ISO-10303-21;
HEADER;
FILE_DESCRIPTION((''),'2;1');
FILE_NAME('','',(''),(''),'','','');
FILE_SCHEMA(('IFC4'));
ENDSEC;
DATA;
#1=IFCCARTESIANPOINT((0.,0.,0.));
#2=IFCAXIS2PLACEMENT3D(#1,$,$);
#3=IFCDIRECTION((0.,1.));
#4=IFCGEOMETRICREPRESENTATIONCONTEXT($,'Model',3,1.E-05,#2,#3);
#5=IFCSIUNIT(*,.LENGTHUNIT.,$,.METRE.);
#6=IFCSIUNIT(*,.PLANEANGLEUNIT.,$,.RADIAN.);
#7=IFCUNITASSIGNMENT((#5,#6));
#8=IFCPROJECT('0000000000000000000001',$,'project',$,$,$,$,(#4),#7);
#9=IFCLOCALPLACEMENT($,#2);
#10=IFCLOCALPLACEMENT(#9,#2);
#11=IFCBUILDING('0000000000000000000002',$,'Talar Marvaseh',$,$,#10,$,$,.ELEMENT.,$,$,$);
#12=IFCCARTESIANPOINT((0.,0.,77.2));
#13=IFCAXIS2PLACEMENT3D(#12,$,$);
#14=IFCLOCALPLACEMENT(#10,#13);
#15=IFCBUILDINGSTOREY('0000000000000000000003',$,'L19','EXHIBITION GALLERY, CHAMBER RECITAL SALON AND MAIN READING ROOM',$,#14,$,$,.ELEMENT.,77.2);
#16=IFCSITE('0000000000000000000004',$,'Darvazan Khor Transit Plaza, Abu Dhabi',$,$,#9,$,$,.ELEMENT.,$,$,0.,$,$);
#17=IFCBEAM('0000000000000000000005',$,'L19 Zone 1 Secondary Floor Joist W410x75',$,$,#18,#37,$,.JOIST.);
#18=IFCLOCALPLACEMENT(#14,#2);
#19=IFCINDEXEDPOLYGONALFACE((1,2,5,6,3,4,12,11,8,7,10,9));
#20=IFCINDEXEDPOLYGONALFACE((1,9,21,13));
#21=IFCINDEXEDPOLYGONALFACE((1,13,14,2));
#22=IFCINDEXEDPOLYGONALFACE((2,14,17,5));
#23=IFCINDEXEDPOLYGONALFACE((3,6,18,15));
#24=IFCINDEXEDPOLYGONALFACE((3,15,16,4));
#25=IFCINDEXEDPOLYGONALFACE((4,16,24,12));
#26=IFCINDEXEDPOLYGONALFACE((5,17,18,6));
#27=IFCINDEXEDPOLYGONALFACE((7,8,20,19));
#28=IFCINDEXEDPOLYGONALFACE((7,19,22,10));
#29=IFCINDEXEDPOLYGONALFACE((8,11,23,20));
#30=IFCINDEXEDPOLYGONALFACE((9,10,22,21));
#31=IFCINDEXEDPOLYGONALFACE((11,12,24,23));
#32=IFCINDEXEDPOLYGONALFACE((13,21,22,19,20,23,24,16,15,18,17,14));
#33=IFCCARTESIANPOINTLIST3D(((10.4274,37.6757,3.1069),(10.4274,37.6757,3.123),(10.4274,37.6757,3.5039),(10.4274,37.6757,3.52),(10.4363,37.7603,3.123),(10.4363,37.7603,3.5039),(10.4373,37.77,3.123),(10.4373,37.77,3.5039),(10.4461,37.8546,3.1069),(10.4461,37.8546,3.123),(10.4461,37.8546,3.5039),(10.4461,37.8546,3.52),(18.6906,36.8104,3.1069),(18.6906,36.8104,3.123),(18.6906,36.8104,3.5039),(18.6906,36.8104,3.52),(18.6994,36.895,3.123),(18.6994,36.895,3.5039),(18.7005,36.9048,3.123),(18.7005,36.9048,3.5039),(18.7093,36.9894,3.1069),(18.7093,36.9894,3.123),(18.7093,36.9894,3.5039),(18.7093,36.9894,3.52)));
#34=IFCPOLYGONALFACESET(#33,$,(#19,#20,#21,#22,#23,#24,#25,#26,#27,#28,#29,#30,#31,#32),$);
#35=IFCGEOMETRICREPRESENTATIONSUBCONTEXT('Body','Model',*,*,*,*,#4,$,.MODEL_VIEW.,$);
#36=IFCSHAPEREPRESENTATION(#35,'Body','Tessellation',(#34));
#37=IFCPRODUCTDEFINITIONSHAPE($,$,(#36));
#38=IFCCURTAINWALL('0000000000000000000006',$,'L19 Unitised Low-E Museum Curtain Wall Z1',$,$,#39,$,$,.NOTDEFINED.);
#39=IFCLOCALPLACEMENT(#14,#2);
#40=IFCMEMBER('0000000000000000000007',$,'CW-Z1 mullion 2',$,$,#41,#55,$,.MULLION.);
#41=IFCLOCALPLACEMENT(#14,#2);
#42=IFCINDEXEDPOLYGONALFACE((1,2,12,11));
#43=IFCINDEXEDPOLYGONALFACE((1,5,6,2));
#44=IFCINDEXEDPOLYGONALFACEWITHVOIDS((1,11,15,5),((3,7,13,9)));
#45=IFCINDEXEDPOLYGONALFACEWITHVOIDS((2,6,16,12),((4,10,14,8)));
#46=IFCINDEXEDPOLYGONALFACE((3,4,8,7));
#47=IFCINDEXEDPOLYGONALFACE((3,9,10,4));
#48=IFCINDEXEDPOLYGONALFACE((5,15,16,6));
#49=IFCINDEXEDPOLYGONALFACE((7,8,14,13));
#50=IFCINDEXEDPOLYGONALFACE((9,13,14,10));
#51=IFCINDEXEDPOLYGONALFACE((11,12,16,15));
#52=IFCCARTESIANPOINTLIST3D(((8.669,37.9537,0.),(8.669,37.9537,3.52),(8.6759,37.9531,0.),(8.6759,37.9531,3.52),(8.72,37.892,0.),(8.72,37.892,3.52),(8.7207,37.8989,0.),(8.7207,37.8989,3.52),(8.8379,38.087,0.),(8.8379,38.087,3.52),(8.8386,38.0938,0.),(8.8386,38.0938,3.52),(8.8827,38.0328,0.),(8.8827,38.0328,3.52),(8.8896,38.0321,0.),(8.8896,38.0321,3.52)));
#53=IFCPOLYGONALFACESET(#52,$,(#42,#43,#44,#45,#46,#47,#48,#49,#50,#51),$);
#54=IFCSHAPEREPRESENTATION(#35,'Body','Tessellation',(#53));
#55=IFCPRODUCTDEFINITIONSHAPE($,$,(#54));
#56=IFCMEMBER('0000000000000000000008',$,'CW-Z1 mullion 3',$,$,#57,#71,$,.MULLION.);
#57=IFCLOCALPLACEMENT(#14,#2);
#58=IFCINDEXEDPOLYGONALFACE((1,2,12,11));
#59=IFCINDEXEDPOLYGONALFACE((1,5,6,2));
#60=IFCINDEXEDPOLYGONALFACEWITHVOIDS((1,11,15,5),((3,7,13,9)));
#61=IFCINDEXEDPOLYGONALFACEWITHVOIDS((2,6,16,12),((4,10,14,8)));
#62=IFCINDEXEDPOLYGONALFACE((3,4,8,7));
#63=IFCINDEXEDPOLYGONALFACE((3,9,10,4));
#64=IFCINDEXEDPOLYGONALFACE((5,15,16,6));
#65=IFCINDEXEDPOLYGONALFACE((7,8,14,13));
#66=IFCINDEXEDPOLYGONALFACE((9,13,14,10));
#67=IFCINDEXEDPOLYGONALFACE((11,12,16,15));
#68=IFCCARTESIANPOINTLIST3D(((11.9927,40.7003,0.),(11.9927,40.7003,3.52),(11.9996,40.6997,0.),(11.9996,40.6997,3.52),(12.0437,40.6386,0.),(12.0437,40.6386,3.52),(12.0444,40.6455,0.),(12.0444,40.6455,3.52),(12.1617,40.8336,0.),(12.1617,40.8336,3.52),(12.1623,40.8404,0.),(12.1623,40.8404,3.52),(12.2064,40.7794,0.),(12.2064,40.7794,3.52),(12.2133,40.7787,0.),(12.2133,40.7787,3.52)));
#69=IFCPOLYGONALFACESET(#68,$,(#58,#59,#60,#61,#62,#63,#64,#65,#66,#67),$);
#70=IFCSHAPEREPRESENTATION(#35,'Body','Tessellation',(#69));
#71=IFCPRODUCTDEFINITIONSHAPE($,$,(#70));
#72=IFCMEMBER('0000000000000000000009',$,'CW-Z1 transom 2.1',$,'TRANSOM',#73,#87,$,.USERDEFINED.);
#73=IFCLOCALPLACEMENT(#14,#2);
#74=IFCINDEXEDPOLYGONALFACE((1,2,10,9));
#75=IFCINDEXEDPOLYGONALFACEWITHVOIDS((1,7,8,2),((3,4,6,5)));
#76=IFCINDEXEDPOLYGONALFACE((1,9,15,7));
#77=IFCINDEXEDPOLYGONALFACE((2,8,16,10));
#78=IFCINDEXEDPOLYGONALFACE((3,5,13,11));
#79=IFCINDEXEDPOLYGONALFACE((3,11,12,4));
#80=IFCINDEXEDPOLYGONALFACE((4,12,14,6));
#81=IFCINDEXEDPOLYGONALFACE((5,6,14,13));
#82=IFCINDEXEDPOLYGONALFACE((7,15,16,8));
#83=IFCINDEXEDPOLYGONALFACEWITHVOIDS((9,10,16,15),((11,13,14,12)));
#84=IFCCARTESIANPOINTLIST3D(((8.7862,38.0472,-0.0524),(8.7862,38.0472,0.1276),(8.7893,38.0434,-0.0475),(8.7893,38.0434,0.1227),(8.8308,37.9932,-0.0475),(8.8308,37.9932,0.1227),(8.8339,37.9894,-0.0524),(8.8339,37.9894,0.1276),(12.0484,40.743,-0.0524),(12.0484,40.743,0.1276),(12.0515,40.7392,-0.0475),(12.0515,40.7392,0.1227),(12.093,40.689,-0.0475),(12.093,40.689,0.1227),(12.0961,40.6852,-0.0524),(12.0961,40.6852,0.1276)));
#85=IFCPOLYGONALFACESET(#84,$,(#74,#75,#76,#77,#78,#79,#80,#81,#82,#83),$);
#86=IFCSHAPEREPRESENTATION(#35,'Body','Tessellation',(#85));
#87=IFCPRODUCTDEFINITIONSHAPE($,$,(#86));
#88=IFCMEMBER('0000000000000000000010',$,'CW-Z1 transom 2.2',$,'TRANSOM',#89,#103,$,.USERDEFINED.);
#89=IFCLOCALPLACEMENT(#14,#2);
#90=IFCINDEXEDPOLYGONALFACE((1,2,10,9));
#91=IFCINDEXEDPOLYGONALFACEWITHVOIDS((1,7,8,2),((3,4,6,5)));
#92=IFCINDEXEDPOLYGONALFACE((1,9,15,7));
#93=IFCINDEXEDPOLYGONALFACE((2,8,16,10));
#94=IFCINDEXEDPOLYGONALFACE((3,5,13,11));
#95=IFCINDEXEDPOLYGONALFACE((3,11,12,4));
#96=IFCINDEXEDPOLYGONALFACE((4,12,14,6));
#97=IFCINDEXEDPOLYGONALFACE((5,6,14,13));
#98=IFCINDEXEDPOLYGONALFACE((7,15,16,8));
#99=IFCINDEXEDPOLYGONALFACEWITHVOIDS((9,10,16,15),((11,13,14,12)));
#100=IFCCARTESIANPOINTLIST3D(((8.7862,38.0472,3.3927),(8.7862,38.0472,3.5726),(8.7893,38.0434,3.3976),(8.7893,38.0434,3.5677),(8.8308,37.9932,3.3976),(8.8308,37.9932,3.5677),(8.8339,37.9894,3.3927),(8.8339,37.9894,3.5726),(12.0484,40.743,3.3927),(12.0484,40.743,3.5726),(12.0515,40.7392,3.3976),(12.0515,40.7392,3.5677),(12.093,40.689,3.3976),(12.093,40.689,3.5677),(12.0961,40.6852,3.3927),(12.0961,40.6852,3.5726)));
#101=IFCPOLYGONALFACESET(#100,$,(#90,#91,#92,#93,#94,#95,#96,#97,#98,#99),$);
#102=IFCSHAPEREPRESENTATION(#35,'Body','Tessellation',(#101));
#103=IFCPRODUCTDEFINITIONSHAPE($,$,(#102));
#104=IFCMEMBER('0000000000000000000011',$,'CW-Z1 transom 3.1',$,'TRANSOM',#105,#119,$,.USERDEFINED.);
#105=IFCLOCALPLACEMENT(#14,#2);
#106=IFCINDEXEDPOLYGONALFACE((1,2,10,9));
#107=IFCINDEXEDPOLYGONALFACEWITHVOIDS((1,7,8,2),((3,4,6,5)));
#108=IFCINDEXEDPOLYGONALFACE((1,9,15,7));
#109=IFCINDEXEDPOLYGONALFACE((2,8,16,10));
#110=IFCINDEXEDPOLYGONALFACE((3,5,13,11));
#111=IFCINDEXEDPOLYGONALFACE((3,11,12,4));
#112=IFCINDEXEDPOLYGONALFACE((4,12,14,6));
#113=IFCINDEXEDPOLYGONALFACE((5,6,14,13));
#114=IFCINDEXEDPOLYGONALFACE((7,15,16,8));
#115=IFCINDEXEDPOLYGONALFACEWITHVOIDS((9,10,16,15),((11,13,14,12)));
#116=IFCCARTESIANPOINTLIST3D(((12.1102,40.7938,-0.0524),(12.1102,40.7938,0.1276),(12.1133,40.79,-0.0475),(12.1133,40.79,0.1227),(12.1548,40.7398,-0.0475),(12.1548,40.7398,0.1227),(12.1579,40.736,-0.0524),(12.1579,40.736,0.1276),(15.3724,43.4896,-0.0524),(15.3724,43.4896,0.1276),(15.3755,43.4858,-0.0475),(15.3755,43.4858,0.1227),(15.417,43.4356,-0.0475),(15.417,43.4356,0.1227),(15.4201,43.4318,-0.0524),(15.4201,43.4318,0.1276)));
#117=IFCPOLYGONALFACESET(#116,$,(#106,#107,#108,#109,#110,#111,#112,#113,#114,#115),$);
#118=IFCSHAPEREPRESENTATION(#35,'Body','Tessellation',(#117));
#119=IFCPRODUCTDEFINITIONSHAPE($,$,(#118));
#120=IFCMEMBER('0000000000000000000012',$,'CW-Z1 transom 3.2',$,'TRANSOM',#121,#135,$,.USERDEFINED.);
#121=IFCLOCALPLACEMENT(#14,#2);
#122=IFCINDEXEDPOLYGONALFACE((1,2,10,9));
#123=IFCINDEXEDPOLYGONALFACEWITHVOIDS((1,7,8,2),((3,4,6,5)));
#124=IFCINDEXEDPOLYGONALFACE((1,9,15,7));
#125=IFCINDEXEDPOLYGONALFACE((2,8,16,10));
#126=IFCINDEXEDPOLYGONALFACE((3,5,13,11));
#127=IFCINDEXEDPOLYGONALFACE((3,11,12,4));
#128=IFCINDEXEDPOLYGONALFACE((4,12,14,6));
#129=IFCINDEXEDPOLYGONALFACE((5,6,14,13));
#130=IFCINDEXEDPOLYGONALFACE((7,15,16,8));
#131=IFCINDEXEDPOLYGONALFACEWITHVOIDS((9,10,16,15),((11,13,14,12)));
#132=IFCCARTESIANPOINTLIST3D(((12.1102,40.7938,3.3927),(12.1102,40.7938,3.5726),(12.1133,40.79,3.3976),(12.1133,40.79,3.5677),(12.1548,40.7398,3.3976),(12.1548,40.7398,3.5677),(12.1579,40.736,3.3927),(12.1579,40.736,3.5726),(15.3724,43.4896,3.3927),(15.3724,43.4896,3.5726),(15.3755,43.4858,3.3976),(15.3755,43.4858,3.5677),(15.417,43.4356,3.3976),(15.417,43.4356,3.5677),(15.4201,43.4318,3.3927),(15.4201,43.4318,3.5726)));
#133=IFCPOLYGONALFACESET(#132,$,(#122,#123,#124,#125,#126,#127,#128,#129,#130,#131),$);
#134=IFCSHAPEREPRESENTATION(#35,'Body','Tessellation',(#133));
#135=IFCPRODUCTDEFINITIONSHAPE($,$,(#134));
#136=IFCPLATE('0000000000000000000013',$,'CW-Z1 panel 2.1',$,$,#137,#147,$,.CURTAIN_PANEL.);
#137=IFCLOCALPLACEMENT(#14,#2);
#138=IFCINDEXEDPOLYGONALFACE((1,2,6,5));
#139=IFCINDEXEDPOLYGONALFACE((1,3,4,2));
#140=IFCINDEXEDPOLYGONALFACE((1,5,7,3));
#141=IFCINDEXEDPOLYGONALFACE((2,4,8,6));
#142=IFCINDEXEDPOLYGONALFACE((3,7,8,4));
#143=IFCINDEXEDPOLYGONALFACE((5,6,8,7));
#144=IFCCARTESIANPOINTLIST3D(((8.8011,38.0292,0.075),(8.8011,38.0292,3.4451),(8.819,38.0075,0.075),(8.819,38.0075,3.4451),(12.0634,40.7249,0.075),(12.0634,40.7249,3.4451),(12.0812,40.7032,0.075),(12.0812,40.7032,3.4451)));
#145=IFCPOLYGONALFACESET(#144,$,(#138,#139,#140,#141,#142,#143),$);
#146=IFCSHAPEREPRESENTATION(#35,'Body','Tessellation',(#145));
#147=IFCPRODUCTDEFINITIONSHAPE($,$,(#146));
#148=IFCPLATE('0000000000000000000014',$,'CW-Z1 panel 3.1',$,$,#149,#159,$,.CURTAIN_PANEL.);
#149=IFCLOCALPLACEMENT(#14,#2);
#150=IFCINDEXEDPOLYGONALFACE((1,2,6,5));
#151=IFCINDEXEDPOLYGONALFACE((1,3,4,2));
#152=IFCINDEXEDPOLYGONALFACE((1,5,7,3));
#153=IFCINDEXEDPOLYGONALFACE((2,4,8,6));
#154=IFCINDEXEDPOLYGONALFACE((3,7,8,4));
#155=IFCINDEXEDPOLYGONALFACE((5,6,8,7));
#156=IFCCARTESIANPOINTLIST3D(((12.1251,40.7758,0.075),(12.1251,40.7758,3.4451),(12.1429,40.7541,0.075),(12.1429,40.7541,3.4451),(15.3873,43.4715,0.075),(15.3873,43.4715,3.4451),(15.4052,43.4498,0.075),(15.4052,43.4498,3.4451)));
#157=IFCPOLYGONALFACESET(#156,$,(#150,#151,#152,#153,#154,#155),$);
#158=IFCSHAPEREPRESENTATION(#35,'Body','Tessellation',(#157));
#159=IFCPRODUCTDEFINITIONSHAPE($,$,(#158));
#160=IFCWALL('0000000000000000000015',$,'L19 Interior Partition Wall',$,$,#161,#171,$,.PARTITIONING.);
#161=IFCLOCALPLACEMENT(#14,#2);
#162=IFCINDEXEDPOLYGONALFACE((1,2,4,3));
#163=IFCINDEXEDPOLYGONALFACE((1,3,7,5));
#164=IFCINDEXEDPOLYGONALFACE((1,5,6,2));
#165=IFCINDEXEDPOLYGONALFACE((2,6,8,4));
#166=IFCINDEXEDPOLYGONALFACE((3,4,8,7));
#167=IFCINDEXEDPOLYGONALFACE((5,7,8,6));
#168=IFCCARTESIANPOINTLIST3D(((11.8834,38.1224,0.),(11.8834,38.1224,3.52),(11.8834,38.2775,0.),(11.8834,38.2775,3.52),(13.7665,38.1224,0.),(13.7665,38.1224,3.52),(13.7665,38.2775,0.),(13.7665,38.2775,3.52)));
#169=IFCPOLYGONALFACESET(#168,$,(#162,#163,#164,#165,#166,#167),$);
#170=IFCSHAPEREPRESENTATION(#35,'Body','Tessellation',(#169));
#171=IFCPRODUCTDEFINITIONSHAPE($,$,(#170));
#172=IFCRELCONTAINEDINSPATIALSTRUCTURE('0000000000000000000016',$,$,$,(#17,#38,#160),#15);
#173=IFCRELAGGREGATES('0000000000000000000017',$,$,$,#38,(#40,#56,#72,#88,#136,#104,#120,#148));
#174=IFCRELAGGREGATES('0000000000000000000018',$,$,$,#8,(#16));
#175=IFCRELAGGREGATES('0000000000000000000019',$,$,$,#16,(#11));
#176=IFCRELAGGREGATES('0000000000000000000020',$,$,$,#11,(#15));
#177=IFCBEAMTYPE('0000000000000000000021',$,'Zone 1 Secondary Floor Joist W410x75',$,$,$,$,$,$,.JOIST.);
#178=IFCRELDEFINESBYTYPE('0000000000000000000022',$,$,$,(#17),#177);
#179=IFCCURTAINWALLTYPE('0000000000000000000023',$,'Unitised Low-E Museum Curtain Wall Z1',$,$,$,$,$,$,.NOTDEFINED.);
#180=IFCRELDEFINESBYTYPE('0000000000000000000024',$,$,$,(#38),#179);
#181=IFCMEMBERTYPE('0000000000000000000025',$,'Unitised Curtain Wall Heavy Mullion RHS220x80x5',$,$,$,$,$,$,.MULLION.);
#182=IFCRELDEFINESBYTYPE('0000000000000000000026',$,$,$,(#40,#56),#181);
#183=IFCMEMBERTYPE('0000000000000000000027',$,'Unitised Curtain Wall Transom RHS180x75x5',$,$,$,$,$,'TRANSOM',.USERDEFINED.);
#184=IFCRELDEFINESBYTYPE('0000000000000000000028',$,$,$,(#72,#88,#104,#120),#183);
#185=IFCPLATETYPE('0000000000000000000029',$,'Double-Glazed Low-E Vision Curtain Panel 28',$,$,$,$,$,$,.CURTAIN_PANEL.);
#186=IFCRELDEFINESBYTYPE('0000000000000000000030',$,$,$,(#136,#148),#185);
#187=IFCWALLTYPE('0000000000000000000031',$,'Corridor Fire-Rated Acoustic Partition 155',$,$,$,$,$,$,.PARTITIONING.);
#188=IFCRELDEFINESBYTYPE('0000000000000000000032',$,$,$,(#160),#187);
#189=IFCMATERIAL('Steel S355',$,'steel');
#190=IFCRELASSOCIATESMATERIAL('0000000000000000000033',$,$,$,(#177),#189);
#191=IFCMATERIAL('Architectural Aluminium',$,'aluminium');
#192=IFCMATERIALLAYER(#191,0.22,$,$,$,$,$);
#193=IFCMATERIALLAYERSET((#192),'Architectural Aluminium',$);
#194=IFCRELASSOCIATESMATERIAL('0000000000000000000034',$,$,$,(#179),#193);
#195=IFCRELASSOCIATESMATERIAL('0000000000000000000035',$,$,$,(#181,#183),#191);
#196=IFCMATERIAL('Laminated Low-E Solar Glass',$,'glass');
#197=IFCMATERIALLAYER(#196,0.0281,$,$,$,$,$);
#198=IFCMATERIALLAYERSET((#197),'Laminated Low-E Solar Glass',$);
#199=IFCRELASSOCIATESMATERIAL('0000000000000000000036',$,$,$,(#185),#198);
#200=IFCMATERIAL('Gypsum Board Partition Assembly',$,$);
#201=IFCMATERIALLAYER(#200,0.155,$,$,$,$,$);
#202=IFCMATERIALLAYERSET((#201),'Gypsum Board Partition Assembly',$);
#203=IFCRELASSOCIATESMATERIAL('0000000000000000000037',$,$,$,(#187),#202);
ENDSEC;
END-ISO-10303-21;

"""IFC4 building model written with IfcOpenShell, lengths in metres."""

from ifc_helpers import new_model, si_unit, direction, frame, frame_2d, origin, origin_2d, place, context, subcontext, project, spatial, rectangle, hollow_rectangle, i_section, extrude, source, transform, mapped, material, layer, layer_set, material_profile, profile_set, type_object, type_shapes, element, aggregate, save


model = new_model("IFC4")

# Units and contexts
model_context = context("Model", 3, precision=1e-05, world=origin(), true_north=direction((0.0, 1.0)))
body_context = subcontext(model_context, "Body", "Model", "MODEL_VIEW")
ifc_project = project(units=[si_unit("LENGTHUNIT", "METRE"), si_unit("PLANEANGLEUNIT", "RADIAN")], contexts=[model_context])

# Site, building, storey
site_placement = place(None, origin())
site = spatial("IfcSite", under=ifc_project, at=site_placement, Name="Darvazan Khor Transit Plaza, Abu Dhabi", CompositionType="ELEMENT", RefElevation=0.0)
building_placement = place(site_placement, origin())
building = spatial("IfcBuilding", under=site, at=building_placement, Name="Talar Marvaseh", CompositionType="ELEMENT")
storey_placement = place(building_placement, frame((0.0, 0.0, 77.2)))
storey = spatial("IfcBuildingStorey", under=building, at=storey_placement, Name="L19", Description="EXHIBITION GALLERY, CHAMBER RECITAL SALON AND MAIN READING ROOM", CompositionType="ELEMENT", Elevation=77.2)

# Beam
ifc_material_1 = material(Name="Steel S355", Category="steel")
ifc_material_profile_1 = material_profile(ifc_material_1, i_section(OverallWidth=0.1799, OverallDepth=0.4131, WebThickness=0.0098, FlangeThickness=0.0161, at=origin_2d()), Name="W410x75")
ifc_profile_set_1 = profile_set([ifc_material_profile_1], Name="Steel S355")
beam_type = type_object("IfcBeamType", Name="Zone 1 Secondary Floor Joist W410x75", PredefinedType="JOIST", material=ifc_profile_set_1)
beam_placement = place(storey_placement, frame((10.4368, 37.7651, 3.3135), z_axis=(0.994563, -0.10414, 0.0), x_axis=(0.10414, 0.994563, 0.0)))
element("IfcBeam", 1, at=beam_placement, inside=storey, type_object=beam_type, Name="L19 Zone 1 Secondary Floor Joist W410x75", PredefinedType="JOIST", context=body_context, shape_type="SweptSolid", body=[
    extrude(i_section(OverallWidth=0.1799, OverallDepth=0.4131, WebThickness=0.0098, FlangeThickness=0.0161, at=origin_2d()), origin(), (0.0, 0.0, 1.0), 8.3083),
])

# Curtain wall, members, plates
ifc_material_2 = material(Name="Architectural Aluminium", Category="aluminium")
ifc_layer_1 = layer(ifc_material_2, 0.22)
ifc_layer_set_1 = layer_set([ifc_layer_1], Name="Architectural Aluminium")
curtain_wall_type = type_object("IfcCurtainWallType", Name="Unitised Low-E Museum Curtain Wall Z1", PredefinedType="NOTDEFINED", material=ifc_layer_set_1)
curtain_wall_placement = place(storey_placement, origin())
curtain_wall = element("IfcCurtainWall", 2, at=curtain_wall_placement, inside=storey, type_object=curtain_wall_type, Name="L19 Unitised Low-E Museum Curtain Wall Z1", PredefinedType="NOTDEFINED")
ifc_material_profile_2 = material_profile(ifc_material_2, hollow_rectangle(XDim=0.0801, YDim=0.22, WallThickness=0.0049, at=origin_2d()), Name="RHS220x80x5")
ifc_profile_set_2 = profile_set([ifc_material_profile_2], Name="Architectural Aluminium")
member_type_1 = type_object("IfcMemberType", Name="Unitised Curtain Wall Heavy Mullion RHS220x80x5", PredefinedType="MULLION", material=ifc_profile_set_2)
shared_shape_1 = source(origin(), body_context, "Body", "SweptSolid", [
    extrude(hollow_rectangle(XDim=0.0801, YDim=0.22, WallThickness=0.0049, at=origin_2d()), origin(), (0.0, 0.0, 1.0), 3.52),
])
type_shapes(member_type_1, [shared_shape_1])
member_1_placement = place(storey_placement, frame((8.7793, 37.9929, 0.0), z_axis=(0.0, 0.0, 1.0), x_axis=(-0.636994, 0.770868, 0.0)))
member_1 = element("IfcMember", 3, at=member_1_placement, type_object=member_type_1, Name="CW-Z1 mullion 2", PredefinedType="MULLION", context=body_context, shape_type="MappedRepresentation", body=[
    mapped(shared_shape_1, transform((0.0, 0.0, 0.0), x_axis=(1.0, 0.0, 0.0), y_axis=(0.0, 1.0, 0.0), z_axis=(0.0, 0.0, 1.0), scale=1.0)),
])
member_2_placement = place(storey_placement, frame((12.103, 40.7395, 0.0), z_axis=(0.0, 0.0, 1.0), x_axis=(-0.636994, 0.770868, 0.0)))
member_2 = element("IfcMember", 4, at=member_2_placement, type_object=member_type_1, Name="CW-Z1 mullion 3", PredefinedType="MULLION", context=body_context, shape_type="MappedRepresentation", body=[
    mapped(shared_shape_1, transform((0.0, 0.0, 0.0), x_axis=(1.0, 0.0, 0.0), y_axis=(0.0, 1.0, 0.0), z_axis=(0.0, 0.0, 1.0), scale=1.0)),
])
ifc_material_profile_3 = material_profile(ifc_material_2, hollow_rectangle(XDim=0.075, YDim=0.1799, WallThickness=0.0049, at=origin_2d()), Name="RHS180x75x5")
ifc_profile_set_3 = profile_set([ifc_material_profile_3], Name="Architectural Aluminium")
member_type_2 = type_object("IfcMemberType", Name="Unitised Curtain Wall Transom RHS180x75x5", ElementType="TRANSOM", PredefinedType="USERDEFINED", material=ifc_profile_set_3)
shared_shape_2 = source(origin(), body_context, "Body", "SweptSolid", [
    extrude(hollow_rectangle(XDim=0.075, YDim=0.1799, WallThickness=0.0049, at=origin_2d()), origin(), (0.0, 0.0, 1.0), 4.2319),
])
type_shapes(member_type_2, [shared_shape_2])
member_3_placement = place(storey_placement, frame((8.8101, 38.0183, 0.0376), z_axis=(0.770853, 0.637013, 0.0), x_axis=(-0.637013, 0.770853, 0.0)))
member_3 = element("IfcMember", 5, at=member_3_placement, type_object=member_type_2, Name="CW-Z1 transom 2.1", ObjectType="TRANSOM", PredefinedType="USERDEFINED", context=body_context, shape_type="MappedRepresentation", body=[
    mapped(shared_shape_2, transform((0.0, 0.0, 0.0), x_axis=(1.0, 0.0, 0.0), y_axis=(0.0, 1.0, 0.0), z_axis=(0.0, 0.0, 1.0), scale=1.0)),
])
member_4_placement = place(storey_placement, frame((8.8101, 38.0183, 3.4827), z_axis=(0.770853, 0.637013, 0.0), x_axis=(-0.637013, 0.770853, 0.0)))
member_4 = element("IfcMember", 6, at=member_4_placement, type_object=member_type_2, Name="CW-Z1 transom 2.2", ObjectType="TRANSOM", PredefinedType="USERDEFINED", context=body_context, shape_type="MappedRepresentation", body=[
    mapped(shared_shape_2, transform((0.0, 0.0, 0.0), x_axis=(1.0, 0.0, 0.0), y_axis=(0.0, 1.0, 0.0), z_axis=(0.0, 0.0, 1.0), scale=1.0)),
])
member_5_placement = place(storey_placement, frame((12.134, 40.7649, 0.0376), z_axis=(0.770853, 0.637013, 0.0), x_axis=(-0.637013, 0.770853, 0.0)))
member_5 = element("IfcMember", 7, at=member_5_placement, type_object=member_type_2, Name="CW-Z1 transom 3.1", ObjectType="TRANSOM", PredefinedType="USERDEFINED", context=body_context, shape_type="MappedRepresentation", body=[
    mapped(shared_shape_2, transform((0.0, 0.0, 0.0), x_axis=(1.0, 0.0, 0.0), y_axis=(0.0, 1.0, 0.0), z_axis=(0.0, 0.0, 1.0), scale=1.0)),
])
member_6_placement = place(storey_placement, frame((12.134, 40.7649, 3.4827), z_axis=(0.770853, 0.637013, 0.0), x_axis=(-0.637013, 0.770853, 0.0)))
member_6 = element("IfcMember", 8, at=member_6_placement, type_object=member_type_2, Name="CW-Z1 transom 3.2", ObjectType="TRANSOM", PredefinedType="USERDEFINED", context=body_context, shape_type="MappedRepresentation", body=[
    mapped(shared_shape_2, transform((0.0, 0.0, 0.0), x_axis=(1.0, 0.0, 0.0), y_axis=(0.0, 1.0, 0.0), z_axis=(0.0, 0.0, 1.0), scale=1.0)),
])
ifc_material_3 = material(Name="Laminated Low-E Solar Glass", Category="glass")
ifc_layer_2 = layer(ifc_material_3, 0.0281)
ifc_layer_set_2 = layer_set([ifc_layer_2], Name="Laminated Low-E Solar Glass")
plate_type = type_object("IfcPlateType", Name="Double-Glazed Low-E Vision Curtain Panel 28", PredefinedType="CURTAIN_PANEL", material=ifc_layer_set_2)
shared_shape_3 = source(origin(), body_context, "Body", "SweptSolid", [
    extrude(rectangle(XDim=4.2319, YDim=0.0281, at=origin_2d()), origin(), (0.0, 0.0, 1.0), 3.3701),
])
type_shapes(plate_type, [shared_shape_3])
plate_1_placement = place(storey_placement, frame((10.4412, 39.3662, 0.075), z_axis=(0.0, 0.0, 1.0), x_axis=(0.770868, 0.636994, 0.0)))
plate_1 = element("IfcPlate", 9, at=plate_1_placement, type_object=plate_type, Name="CW-Z1 panel 2.1", PredefinedType="CURTAIN_PANEL", context=body_context, shape_type="MappedRepresentation", body=[
    mapped(shared_shape_3, transform((0.0, 0.0, 0.0), x_axis=(1.0, 0.0, 0.0), y_axis=(0.0, 1.0, 0.0), z_axis=(0.0, 0.0, 1.0), scale=1.0)),
])
plate_2_placement = place(storey_placement, frame((13.7651, 42.1128, 0.075), z_axis=(0.0, 0.0, 1.0), x_axis=(0.770868, 0.636994, 0.0)))
plate_2 = element("IfcPlate", 10, at=plate_2_placement, type_object=plate_type, Name="CW-Z1 panel 3.1", PredefinedType="CURTAIN_PANEL", context=body_context, shape_type="MappedRepresentation", body=[
    mapped(shared_shape_3, transform((0.0, 0.0, 0.0), x_axis=(1.0, 0.0, 0.0), y_axis=(0.0, 1.0, 0.0), z_axis=(0.0, 0.0, 1.0), scale=1.0)),
])
aggregate(curtain_wall, [member_1, member_2, member_3, member_4, plate_1, member_5, member_6, plate_2])

# Wall
ifc_material_4 = material(Name="Gypsum Board Partition Assembly")
ifc_layer_3 = layer(ifc_material_4, 0.155)
ifc_layer_set_3 = layer_set([ifc_layer_3], Name="Gypsum Board Partition Assembly")
wall_type = type_object("IfcWallType", Name="Corridor Fire-Rated Acoustic Partition 155", PredefinedType="PARTITIONING", material=ifc_layer_set_3)
wall_placement = place(storey_placement, frame((11.8835, 38.2, 0.0), z_axis=(0.0, 0.0, 1.0), x_axis=(1.0, 0.0, 0.0)))
element("IfcWall", 11, at=wall_placement, inside=storey, type_object=wall_type, Name="L19 Interior Partition Wall", PredefinedType="PARTITIONING", context=body_context, shape_type="SweptSolid", body=[
    extrude(rectangle(XDim=1.8831, YDim=0.155, at=frame_2d((0.9414, 0.0))), origin(), (0.0, 0.0, 1.0), 3.52),
])

save(model, "model.ifc")
